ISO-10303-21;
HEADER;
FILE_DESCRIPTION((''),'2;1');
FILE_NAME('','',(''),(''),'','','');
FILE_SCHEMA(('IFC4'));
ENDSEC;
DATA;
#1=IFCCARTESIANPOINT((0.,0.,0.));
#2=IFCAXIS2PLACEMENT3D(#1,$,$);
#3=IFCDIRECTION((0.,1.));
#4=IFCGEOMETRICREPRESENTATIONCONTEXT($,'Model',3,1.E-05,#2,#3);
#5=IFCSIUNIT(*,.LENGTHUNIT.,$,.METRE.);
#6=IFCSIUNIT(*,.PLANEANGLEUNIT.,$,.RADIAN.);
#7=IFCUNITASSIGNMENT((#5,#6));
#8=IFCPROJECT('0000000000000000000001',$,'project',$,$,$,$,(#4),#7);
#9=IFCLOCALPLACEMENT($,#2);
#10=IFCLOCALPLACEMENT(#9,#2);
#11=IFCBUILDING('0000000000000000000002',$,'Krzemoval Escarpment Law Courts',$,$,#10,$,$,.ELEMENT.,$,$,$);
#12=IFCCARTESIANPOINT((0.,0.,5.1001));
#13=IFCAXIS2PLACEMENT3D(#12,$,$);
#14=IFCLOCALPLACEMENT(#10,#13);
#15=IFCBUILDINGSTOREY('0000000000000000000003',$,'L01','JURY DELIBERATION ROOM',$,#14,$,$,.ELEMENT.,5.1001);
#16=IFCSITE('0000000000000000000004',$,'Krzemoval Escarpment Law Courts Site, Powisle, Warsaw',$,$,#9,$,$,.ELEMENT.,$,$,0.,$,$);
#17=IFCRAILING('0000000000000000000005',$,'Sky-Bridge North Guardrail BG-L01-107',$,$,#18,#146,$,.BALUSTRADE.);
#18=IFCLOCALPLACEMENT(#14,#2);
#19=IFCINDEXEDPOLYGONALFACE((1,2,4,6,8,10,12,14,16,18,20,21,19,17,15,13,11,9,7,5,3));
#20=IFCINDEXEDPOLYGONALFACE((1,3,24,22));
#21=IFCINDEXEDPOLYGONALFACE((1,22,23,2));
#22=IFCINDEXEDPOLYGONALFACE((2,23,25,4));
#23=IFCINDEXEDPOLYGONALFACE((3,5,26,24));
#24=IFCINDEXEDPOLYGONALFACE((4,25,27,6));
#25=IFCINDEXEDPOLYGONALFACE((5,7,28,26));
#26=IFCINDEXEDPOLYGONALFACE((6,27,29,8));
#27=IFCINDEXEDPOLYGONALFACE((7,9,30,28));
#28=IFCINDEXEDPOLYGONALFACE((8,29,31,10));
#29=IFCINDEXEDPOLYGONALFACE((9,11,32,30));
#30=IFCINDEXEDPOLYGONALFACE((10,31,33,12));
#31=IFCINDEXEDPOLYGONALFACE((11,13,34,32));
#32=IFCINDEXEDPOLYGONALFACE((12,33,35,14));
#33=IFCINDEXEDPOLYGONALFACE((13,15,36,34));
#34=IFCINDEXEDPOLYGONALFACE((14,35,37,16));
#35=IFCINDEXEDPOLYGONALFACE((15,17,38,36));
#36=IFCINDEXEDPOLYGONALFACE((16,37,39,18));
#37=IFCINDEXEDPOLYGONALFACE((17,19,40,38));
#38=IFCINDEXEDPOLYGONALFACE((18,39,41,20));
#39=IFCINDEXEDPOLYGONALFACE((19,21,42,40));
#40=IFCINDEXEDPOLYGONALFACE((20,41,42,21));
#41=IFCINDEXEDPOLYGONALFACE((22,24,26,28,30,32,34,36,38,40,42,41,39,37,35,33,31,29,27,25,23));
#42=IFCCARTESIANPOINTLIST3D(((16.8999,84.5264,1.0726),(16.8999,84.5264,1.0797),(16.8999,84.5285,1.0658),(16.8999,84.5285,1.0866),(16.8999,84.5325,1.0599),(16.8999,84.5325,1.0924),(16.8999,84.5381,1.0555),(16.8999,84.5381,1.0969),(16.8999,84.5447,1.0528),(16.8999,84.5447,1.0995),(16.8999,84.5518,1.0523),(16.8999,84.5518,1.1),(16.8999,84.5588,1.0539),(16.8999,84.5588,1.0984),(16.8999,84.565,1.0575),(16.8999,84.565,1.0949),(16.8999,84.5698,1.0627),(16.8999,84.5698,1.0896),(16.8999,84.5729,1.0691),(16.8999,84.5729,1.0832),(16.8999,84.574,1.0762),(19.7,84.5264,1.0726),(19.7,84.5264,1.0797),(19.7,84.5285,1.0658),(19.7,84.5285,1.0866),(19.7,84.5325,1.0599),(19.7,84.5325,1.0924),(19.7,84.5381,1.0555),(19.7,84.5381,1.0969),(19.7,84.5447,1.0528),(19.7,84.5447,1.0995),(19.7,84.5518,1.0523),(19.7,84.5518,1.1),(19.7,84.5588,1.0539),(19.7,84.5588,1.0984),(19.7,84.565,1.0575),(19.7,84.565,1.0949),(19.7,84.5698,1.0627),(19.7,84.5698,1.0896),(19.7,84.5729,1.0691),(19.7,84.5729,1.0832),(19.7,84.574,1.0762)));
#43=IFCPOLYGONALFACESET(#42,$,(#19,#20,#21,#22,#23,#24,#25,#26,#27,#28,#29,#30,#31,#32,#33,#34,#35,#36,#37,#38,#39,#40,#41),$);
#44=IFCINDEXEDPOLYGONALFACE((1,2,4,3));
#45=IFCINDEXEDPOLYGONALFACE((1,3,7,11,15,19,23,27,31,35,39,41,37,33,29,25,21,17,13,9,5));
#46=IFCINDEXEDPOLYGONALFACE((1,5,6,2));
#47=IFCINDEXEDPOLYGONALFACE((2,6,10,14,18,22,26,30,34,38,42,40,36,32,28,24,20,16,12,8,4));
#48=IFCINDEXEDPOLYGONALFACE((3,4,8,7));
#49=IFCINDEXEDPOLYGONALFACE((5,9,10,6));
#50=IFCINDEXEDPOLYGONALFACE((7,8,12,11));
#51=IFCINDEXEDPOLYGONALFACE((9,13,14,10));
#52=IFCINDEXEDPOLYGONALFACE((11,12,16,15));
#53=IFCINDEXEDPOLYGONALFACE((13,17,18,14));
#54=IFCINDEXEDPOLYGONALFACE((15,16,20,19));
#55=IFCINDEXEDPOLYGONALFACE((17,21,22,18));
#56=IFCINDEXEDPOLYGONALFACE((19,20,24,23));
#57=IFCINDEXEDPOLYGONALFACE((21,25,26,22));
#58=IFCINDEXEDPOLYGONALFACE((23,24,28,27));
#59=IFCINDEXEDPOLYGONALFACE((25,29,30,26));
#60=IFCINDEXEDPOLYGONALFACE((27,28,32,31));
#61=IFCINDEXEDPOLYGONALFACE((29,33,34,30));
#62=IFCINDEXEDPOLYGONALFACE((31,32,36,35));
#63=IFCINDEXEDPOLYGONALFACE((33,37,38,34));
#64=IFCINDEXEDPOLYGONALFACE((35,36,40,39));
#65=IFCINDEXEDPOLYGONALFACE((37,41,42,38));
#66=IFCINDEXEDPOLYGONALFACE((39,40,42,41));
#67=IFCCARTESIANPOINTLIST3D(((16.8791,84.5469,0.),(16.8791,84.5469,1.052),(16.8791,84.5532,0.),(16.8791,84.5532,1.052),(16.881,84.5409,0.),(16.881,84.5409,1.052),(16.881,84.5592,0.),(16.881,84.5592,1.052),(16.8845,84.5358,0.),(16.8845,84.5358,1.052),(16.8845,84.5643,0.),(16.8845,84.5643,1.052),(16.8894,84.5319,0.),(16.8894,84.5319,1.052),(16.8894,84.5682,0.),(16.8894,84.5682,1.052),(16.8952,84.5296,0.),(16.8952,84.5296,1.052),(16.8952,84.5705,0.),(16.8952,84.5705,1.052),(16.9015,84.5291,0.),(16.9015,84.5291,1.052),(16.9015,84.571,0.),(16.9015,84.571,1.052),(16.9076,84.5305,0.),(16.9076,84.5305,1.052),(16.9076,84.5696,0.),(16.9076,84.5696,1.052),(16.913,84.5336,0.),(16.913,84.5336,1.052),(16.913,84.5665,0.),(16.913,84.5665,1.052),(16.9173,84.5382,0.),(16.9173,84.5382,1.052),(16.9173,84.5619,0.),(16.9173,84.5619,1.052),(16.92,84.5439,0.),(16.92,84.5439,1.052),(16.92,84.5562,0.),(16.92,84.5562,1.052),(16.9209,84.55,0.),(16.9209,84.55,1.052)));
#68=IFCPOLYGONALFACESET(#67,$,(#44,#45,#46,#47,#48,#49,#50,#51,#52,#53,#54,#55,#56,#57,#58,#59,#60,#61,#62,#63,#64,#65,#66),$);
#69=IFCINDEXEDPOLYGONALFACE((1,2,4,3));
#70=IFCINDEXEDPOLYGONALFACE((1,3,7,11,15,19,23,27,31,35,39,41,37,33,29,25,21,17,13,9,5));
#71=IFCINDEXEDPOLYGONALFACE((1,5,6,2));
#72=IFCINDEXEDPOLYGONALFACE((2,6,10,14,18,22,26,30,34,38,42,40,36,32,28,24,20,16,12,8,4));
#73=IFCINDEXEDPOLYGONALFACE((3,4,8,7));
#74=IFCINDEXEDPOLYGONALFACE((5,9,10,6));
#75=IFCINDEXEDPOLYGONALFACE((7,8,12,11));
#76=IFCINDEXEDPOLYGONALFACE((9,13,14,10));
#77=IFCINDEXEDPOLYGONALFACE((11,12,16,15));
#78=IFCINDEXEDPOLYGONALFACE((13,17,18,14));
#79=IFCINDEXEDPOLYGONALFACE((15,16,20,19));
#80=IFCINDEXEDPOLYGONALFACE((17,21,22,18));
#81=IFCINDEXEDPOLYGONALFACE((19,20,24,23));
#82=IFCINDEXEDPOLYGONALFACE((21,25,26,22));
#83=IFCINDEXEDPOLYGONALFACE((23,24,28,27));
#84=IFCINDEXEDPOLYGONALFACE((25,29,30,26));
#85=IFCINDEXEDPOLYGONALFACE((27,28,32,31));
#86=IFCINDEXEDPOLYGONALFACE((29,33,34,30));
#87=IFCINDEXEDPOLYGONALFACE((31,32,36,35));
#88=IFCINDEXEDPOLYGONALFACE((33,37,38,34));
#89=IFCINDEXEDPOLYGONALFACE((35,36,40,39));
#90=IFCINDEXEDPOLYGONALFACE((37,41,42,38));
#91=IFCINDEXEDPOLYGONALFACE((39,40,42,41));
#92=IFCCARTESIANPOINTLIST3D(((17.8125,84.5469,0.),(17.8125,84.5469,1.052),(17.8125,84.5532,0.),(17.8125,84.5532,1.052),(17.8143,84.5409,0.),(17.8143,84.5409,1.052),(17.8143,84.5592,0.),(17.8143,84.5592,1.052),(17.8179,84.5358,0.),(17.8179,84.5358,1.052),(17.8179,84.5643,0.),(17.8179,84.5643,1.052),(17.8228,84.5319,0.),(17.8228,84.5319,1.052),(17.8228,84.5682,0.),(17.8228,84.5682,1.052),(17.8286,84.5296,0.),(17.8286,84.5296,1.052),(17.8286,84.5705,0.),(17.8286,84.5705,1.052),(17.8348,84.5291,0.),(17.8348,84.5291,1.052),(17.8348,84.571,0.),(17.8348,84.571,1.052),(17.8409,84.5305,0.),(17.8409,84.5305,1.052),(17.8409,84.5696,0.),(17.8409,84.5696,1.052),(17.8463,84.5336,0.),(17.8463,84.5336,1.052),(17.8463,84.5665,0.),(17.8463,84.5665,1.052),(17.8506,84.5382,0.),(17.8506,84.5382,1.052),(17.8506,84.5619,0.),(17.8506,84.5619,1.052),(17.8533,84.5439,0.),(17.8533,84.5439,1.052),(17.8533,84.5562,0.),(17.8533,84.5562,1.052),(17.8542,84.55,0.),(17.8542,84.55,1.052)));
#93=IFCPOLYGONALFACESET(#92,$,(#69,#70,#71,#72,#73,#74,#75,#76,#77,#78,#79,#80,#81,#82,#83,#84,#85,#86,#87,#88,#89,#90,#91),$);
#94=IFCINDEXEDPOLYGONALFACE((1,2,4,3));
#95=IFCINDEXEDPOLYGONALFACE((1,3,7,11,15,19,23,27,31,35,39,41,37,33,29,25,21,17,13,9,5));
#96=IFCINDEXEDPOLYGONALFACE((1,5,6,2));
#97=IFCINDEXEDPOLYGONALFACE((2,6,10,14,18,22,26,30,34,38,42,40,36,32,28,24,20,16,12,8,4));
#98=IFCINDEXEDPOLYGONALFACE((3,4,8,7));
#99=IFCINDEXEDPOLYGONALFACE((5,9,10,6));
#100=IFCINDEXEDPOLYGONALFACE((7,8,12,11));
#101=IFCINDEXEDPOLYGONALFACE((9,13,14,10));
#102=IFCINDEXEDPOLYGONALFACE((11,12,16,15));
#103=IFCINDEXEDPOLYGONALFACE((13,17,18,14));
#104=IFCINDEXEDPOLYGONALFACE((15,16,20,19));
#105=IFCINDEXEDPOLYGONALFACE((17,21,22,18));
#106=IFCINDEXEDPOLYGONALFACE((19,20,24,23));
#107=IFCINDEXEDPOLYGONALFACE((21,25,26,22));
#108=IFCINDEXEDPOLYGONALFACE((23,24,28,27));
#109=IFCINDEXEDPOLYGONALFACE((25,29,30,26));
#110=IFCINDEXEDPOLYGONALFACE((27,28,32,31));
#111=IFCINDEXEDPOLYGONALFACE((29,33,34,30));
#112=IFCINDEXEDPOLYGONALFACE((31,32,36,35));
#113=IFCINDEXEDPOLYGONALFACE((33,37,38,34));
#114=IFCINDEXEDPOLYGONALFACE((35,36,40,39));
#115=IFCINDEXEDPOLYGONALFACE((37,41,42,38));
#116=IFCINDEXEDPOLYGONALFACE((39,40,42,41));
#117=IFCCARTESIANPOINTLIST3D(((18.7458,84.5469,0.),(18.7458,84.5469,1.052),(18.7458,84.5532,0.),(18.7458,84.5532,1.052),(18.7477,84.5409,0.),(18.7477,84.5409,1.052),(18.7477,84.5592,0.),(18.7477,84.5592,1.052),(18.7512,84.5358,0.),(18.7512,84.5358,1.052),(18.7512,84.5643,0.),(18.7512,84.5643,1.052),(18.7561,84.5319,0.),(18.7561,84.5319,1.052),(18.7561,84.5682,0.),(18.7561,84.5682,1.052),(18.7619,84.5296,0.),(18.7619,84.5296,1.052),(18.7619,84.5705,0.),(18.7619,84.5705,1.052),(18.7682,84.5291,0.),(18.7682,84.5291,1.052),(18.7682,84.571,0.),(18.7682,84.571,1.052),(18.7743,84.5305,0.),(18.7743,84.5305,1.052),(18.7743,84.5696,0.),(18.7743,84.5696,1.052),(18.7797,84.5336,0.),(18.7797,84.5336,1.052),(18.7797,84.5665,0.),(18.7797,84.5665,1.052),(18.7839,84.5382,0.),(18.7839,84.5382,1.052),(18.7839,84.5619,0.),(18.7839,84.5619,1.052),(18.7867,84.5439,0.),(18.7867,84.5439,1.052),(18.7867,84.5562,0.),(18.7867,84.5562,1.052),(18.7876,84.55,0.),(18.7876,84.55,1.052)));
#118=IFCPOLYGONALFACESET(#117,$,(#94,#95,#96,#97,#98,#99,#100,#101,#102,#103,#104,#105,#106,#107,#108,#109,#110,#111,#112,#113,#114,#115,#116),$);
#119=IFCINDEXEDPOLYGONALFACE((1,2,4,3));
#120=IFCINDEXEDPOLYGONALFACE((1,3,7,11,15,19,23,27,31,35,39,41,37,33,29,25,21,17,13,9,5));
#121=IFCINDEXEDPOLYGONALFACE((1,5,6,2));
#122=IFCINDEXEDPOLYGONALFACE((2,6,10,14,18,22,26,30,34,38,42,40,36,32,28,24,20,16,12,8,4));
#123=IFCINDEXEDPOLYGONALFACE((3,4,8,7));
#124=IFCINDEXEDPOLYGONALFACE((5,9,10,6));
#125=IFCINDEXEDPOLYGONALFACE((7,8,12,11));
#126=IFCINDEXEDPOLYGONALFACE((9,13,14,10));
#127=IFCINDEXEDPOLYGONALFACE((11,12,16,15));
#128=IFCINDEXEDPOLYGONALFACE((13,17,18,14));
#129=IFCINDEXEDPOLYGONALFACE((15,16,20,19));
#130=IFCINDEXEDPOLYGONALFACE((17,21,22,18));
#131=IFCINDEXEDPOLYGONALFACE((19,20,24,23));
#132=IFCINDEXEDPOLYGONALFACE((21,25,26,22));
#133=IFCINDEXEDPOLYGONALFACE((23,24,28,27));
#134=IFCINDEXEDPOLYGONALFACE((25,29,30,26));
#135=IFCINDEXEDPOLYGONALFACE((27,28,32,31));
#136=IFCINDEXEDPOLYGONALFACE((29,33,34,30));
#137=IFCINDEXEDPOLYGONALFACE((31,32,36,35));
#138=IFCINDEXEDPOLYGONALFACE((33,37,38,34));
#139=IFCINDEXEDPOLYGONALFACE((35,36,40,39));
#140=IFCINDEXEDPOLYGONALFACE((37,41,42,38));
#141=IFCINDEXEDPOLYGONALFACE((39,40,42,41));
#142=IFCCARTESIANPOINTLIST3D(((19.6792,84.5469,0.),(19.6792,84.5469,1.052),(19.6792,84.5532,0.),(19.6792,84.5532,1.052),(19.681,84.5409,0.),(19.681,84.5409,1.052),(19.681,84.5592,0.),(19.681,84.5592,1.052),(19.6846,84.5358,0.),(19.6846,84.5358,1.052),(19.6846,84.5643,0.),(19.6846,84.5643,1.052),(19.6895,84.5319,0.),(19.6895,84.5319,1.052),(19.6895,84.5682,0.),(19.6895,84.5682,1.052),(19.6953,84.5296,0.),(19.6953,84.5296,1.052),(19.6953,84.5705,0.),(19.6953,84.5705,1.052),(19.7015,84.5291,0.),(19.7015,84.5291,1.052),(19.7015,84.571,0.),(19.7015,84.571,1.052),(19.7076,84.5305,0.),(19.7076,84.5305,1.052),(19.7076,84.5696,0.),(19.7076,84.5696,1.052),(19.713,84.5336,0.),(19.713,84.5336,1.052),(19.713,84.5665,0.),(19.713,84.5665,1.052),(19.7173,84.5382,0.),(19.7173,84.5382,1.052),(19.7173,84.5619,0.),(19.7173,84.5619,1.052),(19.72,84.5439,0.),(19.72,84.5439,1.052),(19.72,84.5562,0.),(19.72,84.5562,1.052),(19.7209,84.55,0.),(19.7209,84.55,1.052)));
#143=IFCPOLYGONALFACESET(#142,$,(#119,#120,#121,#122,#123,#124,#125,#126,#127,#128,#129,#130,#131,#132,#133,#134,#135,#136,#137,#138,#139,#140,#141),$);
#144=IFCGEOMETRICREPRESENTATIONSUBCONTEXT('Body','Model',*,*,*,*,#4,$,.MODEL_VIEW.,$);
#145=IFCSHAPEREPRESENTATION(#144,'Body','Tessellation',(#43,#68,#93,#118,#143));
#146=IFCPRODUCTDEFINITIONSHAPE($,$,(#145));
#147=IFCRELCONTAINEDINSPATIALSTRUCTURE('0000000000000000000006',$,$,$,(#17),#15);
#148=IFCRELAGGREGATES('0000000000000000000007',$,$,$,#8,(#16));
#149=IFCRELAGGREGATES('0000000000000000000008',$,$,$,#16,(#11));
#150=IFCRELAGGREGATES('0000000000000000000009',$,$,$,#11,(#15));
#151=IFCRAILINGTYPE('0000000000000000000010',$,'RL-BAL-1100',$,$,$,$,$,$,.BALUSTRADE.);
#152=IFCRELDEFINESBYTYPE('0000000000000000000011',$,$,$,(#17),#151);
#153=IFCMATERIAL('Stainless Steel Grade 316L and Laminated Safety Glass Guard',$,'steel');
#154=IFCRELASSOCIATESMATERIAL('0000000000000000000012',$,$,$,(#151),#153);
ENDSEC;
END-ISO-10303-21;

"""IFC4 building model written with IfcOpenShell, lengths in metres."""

from ifc_helpers import new_model, si_unit, direction, frame, origin, origin_2d, place, context, subcontext, project, spatial, circle, extrude, material, type_object, element, save


model = new_model("IFC4")

# Units and contexts
model_context = context("Model", 3, precision=1e-05, world=origin(), true_north=direction((0.0, 1.0)))
body_context = subcontext(model_context, "Body", "Model", "MODEL_VIEW")
ifc_project = project(units=[si_unit("LENGTHUNIT", "METRE"), si_unit("PLANEANGLEUNIT", "RADIAN")], contexts=[model_context])

# Site, building, storey
site_placement = place(None, origin())
site = spatial("IfcSite", under=ifc_project, at=site_placement, Name="Krzemoval Escarpment Law Courts Site, Powisle, Warsaw", CompositionType="ELEMENT", RefElevation=0.0)
building_placement = place(site_placement, origin())
building = spatial("IfcBuilding", under=site, at=building_placement, Name="Krzemoval Escarpment Law Courts", CompositionType="ELEMENT")
storey_placement = place(building_placement, frame((0.0, 0.0, 5.1001)))
storey = spatial("IfcBuildingStorey", under=building, at=storey_placement, Name="L01", Description="JURY DELIBERATION ROOM", CompositionType="ELEMENT", Elevation=5.1001)

# Railing
ifc_material_1 = material(Name="Stainless Steel Grade 316L and Laminated Safety Glass Guard", Category="steel")
railing_type = type_object("IfcRailingType", Name="RL-BAL-1100", PredefinedType="BALUSTRADE", material=ifc_material_1)
railing_1_placement = place(storey_placement, frame((16.8999, 84.55, 0.0)))
element("IfcRailing", 1, at=railing_1_placement, inside=storey, type_object=railing_type, Name="Sky-Bridge North Guardrail BG-L01-107", PredefinedType="BALUSTRADE", context=body_context, shape_type="SweptSolid", body=[
    extrude(circle(Radius=0.0239, at=origin_2d()), frame((0.0, 0.0, 1.0762), z_axis=(1.0, 0.0, 0.0), x_axis=(0.0, 1.0, 0.0)), (0.0, 0.0, 1.0), 2.8),
    extrude(circle(Radius=0.021, at=origin_2d()), origin(), (0.0, 0.0, 1.0), 1.052),
    extrude(circle(Radius=0.021, at=origin_2d()), frame((0.9333, 0.0, 0.0)), (0.0, 0.0, 1.0), 1.052),
    extrude(circle(Radius=0.021, at=origin_2d()), frame((1.8667, 0.0, 0.0)), (0.0, 0.0, 1.0), 1.052),
    extrude(circle(Radius=0.021, at=origin_2d()), frame((2.8, 0.0, 0.0)), (0.0, 0.0, 1.0), 1.052),
])

save(model, "model.ifc")
